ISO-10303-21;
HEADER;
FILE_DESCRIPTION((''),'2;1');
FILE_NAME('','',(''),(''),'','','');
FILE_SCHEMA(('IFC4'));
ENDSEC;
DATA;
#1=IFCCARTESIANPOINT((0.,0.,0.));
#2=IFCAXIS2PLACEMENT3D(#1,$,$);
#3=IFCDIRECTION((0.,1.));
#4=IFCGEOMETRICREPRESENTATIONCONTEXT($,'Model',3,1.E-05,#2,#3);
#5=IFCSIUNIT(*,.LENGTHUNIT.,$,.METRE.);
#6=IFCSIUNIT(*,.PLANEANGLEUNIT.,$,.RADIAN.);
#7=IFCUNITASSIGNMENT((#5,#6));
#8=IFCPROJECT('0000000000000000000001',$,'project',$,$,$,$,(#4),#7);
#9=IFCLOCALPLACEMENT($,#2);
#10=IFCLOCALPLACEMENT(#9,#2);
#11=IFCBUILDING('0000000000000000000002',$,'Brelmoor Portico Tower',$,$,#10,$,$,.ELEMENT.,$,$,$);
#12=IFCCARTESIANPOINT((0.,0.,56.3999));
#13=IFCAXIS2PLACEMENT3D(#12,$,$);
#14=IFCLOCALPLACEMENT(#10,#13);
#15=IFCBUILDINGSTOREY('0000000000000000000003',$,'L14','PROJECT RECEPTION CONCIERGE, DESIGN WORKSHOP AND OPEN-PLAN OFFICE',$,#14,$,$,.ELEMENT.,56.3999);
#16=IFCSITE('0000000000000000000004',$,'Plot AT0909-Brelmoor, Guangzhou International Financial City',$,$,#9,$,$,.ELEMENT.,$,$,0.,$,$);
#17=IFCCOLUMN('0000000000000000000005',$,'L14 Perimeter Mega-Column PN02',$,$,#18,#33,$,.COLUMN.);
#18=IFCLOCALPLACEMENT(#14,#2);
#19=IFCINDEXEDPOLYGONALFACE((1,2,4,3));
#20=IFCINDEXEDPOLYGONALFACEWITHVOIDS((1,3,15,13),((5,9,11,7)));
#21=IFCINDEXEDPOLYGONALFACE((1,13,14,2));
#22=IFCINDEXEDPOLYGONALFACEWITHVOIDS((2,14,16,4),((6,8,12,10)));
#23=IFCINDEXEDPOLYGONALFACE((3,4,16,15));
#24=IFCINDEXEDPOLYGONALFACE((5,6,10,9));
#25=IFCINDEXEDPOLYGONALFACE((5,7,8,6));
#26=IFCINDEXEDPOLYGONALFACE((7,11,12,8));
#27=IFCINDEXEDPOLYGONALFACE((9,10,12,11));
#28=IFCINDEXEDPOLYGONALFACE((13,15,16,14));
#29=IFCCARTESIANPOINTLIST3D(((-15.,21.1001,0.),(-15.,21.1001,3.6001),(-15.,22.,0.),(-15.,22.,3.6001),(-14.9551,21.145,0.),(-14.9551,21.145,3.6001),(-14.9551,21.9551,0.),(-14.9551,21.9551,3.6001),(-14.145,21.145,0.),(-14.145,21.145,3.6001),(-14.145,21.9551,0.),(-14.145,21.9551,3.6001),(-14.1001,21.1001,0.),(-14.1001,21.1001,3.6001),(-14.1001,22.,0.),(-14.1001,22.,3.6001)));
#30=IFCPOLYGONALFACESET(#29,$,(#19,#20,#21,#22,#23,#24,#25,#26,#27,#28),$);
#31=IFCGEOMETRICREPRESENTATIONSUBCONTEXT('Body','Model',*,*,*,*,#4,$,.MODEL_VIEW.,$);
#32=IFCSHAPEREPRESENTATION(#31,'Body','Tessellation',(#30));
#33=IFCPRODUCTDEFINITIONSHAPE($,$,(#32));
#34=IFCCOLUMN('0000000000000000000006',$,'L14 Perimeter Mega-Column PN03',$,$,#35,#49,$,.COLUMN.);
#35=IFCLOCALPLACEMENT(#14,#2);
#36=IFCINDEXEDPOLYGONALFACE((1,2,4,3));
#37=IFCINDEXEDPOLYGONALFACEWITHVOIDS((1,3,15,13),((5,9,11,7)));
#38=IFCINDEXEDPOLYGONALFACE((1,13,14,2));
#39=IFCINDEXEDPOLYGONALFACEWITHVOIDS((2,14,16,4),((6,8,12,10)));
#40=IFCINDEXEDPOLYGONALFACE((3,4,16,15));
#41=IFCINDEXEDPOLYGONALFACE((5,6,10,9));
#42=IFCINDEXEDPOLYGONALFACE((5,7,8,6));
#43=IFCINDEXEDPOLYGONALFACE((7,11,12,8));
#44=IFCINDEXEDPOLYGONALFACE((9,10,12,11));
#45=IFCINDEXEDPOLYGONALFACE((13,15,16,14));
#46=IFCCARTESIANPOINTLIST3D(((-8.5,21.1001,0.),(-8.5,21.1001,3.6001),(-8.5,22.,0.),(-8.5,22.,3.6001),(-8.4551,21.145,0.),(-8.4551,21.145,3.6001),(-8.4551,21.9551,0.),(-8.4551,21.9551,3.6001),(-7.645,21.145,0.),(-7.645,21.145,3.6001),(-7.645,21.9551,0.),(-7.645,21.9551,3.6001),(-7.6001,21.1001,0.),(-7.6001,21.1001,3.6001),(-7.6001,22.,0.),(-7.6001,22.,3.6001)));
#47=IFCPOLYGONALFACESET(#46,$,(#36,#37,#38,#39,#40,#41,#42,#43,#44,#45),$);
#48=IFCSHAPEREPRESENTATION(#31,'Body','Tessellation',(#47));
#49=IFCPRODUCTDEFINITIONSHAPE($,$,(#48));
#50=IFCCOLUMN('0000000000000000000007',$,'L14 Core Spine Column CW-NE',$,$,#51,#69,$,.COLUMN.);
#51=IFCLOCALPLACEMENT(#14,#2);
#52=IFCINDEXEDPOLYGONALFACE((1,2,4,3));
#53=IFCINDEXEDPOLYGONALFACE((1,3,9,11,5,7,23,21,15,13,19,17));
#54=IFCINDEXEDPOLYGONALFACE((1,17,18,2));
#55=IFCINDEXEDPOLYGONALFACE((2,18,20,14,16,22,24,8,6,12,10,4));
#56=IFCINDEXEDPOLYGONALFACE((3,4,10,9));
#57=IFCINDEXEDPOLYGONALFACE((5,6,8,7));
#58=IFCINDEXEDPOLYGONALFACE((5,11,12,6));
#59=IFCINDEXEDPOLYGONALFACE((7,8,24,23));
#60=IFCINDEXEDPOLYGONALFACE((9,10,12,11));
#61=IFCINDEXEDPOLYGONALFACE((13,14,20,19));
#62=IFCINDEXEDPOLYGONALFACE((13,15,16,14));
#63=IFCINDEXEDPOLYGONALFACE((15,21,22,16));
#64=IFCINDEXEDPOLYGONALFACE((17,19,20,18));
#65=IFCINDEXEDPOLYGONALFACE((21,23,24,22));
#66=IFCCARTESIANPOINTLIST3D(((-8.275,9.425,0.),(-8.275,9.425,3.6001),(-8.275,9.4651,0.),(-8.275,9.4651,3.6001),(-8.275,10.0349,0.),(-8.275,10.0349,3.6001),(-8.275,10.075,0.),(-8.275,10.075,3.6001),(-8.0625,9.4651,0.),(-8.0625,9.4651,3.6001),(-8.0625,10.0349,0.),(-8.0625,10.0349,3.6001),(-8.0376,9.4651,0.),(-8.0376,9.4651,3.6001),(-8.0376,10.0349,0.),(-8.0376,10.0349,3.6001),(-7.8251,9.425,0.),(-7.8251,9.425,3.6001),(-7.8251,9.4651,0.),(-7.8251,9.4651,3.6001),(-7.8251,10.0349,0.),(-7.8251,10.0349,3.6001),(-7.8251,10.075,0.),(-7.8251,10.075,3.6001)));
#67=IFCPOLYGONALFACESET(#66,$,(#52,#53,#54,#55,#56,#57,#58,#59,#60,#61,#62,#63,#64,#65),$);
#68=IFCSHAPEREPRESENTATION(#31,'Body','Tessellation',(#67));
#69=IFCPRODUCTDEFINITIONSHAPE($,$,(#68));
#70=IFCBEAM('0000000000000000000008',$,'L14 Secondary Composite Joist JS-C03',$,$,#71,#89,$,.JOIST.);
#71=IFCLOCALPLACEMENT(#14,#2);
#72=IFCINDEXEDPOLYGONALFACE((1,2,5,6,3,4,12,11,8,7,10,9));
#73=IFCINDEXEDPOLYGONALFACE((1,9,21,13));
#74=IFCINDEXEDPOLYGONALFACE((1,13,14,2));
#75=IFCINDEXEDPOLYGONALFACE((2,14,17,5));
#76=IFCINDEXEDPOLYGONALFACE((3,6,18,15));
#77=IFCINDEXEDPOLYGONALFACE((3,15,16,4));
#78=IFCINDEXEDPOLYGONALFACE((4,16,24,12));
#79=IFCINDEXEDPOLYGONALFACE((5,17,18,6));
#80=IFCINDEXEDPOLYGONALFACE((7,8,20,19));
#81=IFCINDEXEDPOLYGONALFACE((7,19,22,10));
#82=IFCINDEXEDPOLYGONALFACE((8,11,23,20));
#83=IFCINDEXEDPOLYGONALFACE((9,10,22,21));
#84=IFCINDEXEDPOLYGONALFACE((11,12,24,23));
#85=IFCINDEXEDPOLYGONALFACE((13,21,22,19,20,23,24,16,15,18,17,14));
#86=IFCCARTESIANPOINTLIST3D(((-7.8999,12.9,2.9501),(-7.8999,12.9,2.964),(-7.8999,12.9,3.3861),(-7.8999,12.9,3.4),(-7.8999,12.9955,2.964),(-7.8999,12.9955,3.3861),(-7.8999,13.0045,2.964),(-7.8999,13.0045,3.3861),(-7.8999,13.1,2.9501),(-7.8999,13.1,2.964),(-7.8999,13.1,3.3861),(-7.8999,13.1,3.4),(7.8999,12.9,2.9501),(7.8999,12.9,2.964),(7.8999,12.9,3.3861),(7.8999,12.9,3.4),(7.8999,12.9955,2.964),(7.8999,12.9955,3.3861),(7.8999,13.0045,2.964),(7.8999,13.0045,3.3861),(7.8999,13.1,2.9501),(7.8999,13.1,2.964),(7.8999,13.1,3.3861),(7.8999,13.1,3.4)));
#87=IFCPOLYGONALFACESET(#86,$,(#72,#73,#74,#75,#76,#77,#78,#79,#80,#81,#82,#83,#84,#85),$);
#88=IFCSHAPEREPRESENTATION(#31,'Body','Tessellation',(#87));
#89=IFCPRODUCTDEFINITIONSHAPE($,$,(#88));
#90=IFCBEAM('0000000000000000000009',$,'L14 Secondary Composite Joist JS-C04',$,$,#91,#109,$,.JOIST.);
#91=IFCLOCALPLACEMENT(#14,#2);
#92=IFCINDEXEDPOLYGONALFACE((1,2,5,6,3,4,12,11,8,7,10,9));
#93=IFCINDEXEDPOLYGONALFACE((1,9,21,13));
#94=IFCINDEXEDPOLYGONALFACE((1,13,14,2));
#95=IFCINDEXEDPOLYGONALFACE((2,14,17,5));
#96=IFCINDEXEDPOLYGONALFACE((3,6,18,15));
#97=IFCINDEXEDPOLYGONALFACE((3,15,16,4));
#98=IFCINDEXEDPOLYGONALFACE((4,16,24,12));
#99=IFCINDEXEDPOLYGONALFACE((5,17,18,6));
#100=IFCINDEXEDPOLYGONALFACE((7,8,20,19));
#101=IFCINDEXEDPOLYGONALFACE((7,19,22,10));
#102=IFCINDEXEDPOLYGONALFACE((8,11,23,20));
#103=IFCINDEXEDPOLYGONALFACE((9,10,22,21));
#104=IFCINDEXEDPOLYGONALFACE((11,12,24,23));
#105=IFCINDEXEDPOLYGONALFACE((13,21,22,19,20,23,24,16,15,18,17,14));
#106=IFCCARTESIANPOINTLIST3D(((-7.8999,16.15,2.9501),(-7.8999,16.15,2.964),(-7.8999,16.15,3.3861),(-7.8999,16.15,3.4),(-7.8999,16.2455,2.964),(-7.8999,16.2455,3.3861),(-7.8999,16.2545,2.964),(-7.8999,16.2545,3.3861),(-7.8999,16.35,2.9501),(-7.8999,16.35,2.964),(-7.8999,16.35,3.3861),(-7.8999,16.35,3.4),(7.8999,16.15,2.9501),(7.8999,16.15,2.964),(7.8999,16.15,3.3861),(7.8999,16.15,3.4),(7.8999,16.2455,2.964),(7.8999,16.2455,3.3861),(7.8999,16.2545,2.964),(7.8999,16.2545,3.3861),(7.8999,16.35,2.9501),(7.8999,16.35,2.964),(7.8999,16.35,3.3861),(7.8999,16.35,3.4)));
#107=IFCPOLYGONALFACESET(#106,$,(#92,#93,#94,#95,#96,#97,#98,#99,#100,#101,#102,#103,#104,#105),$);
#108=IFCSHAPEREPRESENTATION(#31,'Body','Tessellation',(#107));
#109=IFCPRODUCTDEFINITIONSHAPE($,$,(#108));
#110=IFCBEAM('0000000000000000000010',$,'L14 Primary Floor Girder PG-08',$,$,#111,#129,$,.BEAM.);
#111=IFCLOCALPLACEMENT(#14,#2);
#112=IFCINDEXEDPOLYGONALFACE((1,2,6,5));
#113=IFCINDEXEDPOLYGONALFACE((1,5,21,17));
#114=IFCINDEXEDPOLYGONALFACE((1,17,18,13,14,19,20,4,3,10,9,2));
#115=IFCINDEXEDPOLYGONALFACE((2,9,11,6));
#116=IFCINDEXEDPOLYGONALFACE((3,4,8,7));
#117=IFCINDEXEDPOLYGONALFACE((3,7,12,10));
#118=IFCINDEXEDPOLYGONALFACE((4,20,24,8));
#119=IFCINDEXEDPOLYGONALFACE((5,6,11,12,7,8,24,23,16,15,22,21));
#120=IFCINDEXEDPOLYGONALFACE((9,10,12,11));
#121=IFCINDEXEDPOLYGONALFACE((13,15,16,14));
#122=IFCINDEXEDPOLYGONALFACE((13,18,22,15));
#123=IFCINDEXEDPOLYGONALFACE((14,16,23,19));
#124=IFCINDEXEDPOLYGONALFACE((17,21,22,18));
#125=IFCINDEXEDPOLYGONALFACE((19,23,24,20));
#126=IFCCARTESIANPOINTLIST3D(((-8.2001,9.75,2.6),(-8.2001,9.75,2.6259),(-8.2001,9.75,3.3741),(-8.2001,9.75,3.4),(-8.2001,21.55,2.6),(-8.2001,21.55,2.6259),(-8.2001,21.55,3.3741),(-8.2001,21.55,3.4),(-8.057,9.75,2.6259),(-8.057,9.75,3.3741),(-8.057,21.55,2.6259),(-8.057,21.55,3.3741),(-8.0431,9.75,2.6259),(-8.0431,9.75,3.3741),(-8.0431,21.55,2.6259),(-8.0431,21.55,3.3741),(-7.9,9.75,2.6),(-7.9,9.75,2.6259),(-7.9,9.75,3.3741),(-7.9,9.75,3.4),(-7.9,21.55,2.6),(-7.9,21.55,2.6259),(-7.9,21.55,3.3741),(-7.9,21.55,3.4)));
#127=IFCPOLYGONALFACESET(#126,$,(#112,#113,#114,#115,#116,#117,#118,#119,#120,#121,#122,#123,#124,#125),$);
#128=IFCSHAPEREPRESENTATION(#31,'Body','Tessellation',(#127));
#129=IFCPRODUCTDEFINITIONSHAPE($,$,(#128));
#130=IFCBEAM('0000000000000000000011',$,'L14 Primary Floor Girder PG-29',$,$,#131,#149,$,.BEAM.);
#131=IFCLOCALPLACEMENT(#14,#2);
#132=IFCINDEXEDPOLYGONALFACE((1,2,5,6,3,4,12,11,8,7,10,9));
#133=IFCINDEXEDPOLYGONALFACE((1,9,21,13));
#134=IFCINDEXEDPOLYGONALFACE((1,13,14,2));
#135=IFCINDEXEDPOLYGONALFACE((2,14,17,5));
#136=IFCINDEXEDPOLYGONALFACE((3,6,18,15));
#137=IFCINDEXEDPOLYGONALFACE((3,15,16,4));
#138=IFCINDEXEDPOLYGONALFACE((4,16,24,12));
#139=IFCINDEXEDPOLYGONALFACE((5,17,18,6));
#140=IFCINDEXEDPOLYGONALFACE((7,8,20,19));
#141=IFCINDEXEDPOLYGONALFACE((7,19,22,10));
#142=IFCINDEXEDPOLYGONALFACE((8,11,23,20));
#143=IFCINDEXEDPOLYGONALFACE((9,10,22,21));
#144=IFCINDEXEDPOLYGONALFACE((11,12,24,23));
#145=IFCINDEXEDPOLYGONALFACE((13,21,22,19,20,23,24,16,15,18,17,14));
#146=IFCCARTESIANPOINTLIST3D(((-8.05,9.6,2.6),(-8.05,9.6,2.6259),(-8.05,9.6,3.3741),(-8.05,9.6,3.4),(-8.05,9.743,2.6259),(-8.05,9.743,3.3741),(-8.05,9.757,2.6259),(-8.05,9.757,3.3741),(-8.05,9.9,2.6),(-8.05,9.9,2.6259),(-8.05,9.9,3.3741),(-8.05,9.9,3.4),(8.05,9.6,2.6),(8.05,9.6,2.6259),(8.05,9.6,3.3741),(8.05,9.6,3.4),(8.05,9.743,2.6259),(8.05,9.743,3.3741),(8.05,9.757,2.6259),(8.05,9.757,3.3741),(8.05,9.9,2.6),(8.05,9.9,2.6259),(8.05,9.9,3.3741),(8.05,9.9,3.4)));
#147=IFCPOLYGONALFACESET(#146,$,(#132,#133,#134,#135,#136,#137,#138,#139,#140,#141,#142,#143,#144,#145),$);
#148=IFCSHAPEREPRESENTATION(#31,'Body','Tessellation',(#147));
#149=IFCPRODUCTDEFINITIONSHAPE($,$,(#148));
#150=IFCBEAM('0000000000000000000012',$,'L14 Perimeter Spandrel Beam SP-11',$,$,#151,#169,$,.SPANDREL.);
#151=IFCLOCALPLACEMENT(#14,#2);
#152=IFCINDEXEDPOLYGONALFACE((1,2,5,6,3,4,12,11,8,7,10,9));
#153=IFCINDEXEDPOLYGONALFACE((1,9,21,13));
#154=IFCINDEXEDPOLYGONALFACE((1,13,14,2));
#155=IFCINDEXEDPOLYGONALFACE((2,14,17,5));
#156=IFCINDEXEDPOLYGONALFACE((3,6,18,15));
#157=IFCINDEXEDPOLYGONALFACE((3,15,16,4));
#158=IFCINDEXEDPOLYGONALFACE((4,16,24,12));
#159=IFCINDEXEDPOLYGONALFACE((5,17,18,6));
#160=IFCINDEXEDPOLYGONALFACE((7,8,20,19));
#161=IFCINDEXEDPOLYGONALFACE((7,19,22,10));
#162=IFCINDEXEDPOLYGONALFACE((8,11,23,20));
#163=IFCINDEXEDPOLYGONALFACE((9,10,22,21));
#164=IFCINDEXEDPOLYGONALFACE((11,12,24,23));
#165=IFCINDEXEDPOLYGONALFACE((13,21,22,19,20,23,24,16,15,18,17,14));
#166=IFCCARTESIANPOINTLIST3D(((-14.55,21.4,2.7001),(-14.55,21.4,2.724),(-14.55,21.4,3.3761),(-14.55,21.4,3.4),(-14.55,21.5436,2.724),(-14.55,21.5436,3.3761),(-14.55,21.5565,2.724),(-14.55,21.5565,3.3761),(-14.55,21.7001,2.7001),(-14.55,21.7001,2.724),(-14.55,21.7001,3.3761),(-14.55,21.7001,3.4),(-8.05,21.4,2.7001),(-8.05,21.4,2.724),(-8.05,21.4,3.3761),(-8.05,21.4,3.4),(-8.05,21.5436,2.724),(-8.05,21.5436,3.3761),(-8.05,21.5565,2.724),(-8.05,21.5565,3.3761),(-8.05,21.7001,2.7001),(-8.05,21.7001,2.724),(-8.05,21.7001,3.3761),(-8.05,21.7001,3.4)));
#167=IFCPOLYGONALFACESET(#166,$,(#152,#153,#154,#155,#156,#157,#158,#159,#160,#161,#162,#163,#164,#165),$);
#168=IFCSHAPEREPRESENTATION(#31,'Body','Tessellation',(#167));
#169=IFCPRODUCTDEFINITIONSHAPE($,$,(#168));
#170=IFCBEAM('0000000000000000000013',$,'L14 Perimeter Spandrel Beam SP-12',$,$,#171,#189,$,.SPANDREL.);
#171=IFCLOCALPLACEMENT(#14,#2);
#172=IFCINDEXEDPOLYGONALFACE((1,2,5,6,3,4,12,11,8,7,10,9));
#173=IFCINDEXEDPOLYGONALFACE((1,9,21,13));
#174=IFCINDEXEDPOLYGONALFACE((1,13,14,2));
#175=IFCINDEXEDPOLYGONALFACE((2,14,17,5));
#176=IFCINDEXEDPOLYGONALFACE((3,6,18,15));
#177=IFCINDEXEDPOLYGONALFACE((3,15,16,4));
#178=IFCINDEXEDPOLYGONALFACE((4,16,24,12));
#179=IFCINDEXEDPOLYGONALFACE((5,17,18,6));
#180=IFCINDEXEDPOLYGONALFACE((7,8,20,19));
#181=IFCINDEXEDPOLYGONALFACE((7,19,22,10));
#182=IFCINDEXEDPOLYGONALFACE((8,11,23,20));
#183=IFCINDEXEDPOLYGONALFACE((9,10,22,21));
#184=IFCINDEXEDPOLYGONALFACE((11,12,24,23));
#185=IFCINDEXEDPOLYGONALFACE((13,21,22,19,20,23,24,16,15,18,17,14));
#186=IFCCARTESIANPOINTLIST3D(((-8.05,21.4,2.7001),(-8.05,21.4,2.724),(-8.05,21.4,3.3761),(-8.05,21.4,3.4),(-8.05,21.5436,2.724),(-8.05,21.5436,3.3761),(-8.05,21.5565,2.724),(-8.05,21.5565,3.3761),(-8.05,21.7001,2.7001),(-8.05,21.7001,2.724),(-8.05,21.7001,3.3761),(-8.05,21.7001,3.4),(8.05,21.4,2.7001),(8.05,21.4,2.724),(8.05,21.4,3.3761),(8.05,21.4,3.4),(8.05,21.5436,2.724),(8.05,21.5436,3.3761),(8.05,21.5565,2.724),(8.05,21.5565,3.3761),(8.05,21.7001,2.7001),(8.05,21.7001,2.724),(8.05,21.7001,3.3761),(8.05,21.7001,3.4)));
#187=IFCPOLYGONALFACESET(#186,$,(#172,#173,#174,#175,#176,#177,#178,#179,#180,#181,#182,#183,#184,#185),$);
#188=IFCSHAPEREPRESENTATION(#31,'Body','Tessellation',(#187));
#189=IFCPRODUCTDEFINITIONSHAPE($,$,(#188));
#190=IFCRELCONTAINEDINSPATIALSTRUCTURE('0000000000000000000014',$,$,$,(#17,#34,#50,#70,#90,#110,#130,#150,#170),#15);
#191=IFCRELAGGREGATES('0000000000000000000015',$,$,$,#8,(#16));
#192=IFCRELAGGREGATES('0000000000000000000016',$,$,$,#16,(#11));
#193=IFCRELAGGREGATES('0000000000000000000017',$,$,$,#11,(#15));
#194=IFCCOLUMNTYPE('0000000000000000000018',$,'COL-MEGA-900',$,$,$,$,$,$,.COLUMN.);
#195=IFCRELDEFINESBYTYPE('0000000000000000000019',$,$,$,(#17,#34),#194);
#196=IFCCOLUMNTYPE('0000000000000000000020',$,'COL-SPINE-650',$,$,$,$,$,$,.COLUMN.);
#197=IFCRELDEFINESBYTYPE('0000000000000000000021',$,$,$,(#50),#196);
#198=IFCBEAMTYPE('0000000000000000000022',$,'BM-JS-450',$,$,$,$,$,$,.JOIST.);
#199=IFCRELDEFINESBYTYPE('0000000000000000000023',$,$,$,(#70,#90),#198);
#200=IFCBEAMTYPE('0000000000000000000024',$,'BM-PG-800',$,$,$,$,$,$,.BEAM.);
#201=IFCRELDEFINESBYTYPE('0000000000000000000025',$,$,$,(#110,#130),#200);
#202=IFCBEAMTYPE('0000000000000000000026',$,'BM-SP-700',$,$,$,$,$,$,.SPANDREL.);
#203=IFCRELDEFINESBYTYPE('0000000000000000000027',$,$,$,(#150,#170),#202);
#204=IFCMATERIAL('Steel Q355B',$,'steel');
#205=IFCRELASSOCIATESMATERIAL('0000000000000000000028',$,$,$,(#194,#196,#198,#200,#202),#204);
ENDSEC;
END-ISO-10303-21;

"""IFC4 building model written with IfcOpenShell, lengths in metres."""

from ifc_helpers import new_model, si_unit, direction, frame, origin, origin_2d, place, context, subcontext, project, spatial, hollow_rectangle, i_section, extrude, material, material_profile, profile_set, type_object, element, save


model = new_model("IFC4")

# Units and contexts
model_context = context("Model", 3, precision=1e-05, world=origin(), true_north=direction((0.0, 1.0)))
body_context = subcontext(model_context, "Body", "Model", "MODEL_VIEW")
ifc_project = project(units=[si_unit("LENGTHUNIT", "METRE"), si_unit("PLANEANGLEUNIT", "RADIAN")], contexts=[model_context])

# Site, building, storey
site_placement = place(None, origin())
site = spatial("IfcSite", under=ifc_project, at=site_placement, Name="Plot AT0909-Brelmoor, Guangzhou International Financial City", CompositionType="ELEMENT", RefElevation=0.0)
building_placement = place(site_placement, origin())
building = spatial("IfcBuilding", under=site, at=building_placement, Name="Brelmoor Portico Tower", CompositionType="ELEMENT")
storey_placement = place(building_placement, frame((0.0, 0.0, 56.3999)))
storey = spatial("IfcBuildingStorey", under=building, at=storey_placement, Name="L14", Description="PROJECT RECEPTION CONCIERGE, DESIGN WORKSHOP AND OPEN-PLAN OFFICE", CompositionType="ELEMENT", Elevation=56.3999)

# Columns
ifc_material_1 = material(Name="Steel Q355B", Category="steel")
ifc_material_profile_1 = material_profile(ifc_material_1, hollow_rectangle(XDim=0.8999, YDim=0.8999, WallThickness=0.0449, at=origin_2d()), Name="BOX 900x900x45")
ifc_profile_set_1 = profile_set([ifc_material_profile_1], Name="Steel Q355B")
column_type_1 = type_object("IfcColumnType", Name="COL-MEGA-900", PredefinedType="COLUMN", material=ifc_profile_set_1)
for number, where, z_axis, x_axis, name in (
    (1, (-14.55, 21.55, 0.0), (0.0, 0.0, 1.0), (1.0, 0.0, 0.0), "L14 Perimeter Mega-Column PN02"),
    (2, (-8.05, 21.55, 0.0), (0.0, 0.0, 1.0), (1.0, 0.0, 0.0), "L14 Perimeter Mega-Column PN03"),
):
    element("IfcColumn", number, at=place(storey_placement, frame(where, z_axis=z_axis, x_axis=x_axis)), inside=storey, type_object=column_type_1, Name=name, PredefinedType="COLUMN", context=body_context, shape_type="SweptSolid", body=[
        extrude(hollow_rectangle(XDim=0.8999, YDim=0.8999, WallThickness=0.0449, at=origin_2d()), origin(), (0.0, 0.0, 1.0), 3.6001),
    ])
ifc_material_profile_2 = material_profile(ifc_material_1, i_section(OverallWidth=0.45, OverallDepth=0.6499, WebThickness=0.0249, FlangeThickness=0.04, at=origin_2d()), Name="HW 650x450x25x40")
ifc_profile_set_2 = profile_set([ifc_material_profile_2], Name="Steel Q355B")
column_type_2 = type_object("IfcColumnType", Name="COL-SPINE-650", PredefinedType="COLUMN", material=ifc_profile_set_2)
column_placement = place(storey_placement, frame((-8.05, 9.75, 0.0), z_axis=(0.0, 0.0, 1.0), x_axis=(1.0, 0.0, 0.0)))
element("IfcColumn", 3, at=column_placement, inside=storey, type_object=column_type_2, Name="L14 Core Spine Column CW-NE", PredefinedType="COLUMN", context=body_context, shape_type="SweptSolid", body=[
    extrude(i_section(OverallWidth=0.45, OverallDepth=0.6499, WebThickness=0.0249, FlangeThickness=0.04, at=origin_2d()), origin(), (0.0, 0.0, 1.0), 3.6001),
])

# Beams
ifc_material_profile_3 = material_profile(ifc_material_1, i_section(OverallWidth=0.2, OverallDepth=0.45, WebThickness=0.009, FlangeThickness=0.0139, at=origin_2d()), Name="HN 450x200x9x14")
ifc_profile_set_3 = profile_set([ifc_material_profile_3], Name="Steel Q355B")
beam_type_1 = type_object("IfcBeamType", Name="BM-JS-450", PredefinedType="JOIST", material=ifc_profile_set_3)
for number, where, z_axis, x_axis, name in (
    (4, (-7.8999, 13.0, 3.175), (1.0, 0.0, 0.0), (0.0, 1.0, 0.0), "L14 Secondary Composite Joist JS-C03"),
    (5, (-7.8999, 16.25, 3.175), (1.0, 0.0, 0.0), (0.0, 1.0, 0.0), "L14 Secondary Composite Joist JS-C04"),
):
    element("IfcBeam", number, at=place(storey_placement, frame(where, z_axis=z_axis, x_axis=x_axis)), inside=storey, type_object=beam_type_1, Name=name, PredefinedType="JOIST", context=body_context, shape_type="SweptSolid", body=[
        extrude(i_section(OverallWidth=0.2, OverallDepth=0.45, WebThickness=0.009, FlangeThickness=0.0139, at=origin_2d()), origin(), (0.0, 0.0, 1.0), 15.7998),
    ])
ifc_material_profile_4 = material_profile(ifc_material_1, i_section(OverallWidth=0.3, OverallDepth=0.8, WebThickness=0.0139, FlangeThickness=0.0259, at=origin_2d()), Name="HN 800x300x14x26")
ifc_profile_set_4 = profile_set([ifc_material_profile_4], Name="Steel Q355B")
beam_type_2 = type_object("IfcBeamType", Name="BM-PG-800", PredefinedType="BEAM", material=ifc_profile_set_4)
beam_1_placement = place(storey_placement, frame((-8.05, 9.75, 3.0), z_axis=(0.0, 1.0, 0.0), x_axis=(-1.0, 0.0, 0.0)))
element("IfcBeam", 6, at=beam_1_placement, inside=storey, type_object=beam_type_2, Name="L14 Primary Floor Girder PG-08", PredefinedType="BEAM", context=body_context, shape_type="SweptSolid", body=[
    extrude(i_section(OverallWidth=0.3, OverallDepth=0.8, WebThickness=0.0139, FlangeThickness=0.0259, at=origin_2d()), origin(), (0.0, 0.0, 1.0), 11.8),
])
beam_2_placement = place(storey_placement, frame((-8.05, 9.75, 3.0), z_axis=(1.0, 0.0, 0.0), x_axis=(0.0, 1.0, 0.0)))
element("IfcBeam", 7, at=beam_2_placement, inside=storey, type_object=beam_type_2, Name="L14 Primary Floor Girder PG-29", PredefinedType="BEAM", context=body_context, shape_type="SweptSolid", body=[
    extrude(i_section(OverallWidth=0.3, OverallDepth=0.8, WebThickness=0.0139, FlangeThickness=0.0259, at=origin_2d()), origin(), (0.0, 0.0, 1.0), 16.1001),
])
ifc_material_profile_5 = material_profile(ifc_material_1, i_section(OverallWidth=0.3, OverallDepth=0.7, WebThickness=0.0129, FlangeThickness=0.0239, at=origin_2d()), Name="HN 700x300x13x24")
ifc_profile_set_5 = profile_set([ifc_material_profile_5], Name="Steel Q355B")
beam_type_3 = type_object("IfcBeamType", Name="BM-SP-700", PredefinedType="SPANDREL", material=ifc_profile_set_5)
beam_3_placement = place(storey_placement, frame((-14.55, 21.55, 3.05), z_axis=(1.0, 0.0, 0.0), x_axis=(0.0, 1.0, 0.0)))
element("IfcBeam", 8, at=beam_3_placement, inside=storey, type_object=beam_type_3, Name="L14 Perimeter Spandrel Beam SP-11", PredefinedType="SPANDREL", context=body_context, shape_type="SweptSolid", body=[
    extrude(i_section(OverallWidth=0.3, OverallDepth=0.7, WebThickness=0.0129, FlangeThickness=0.0239, at=origin_2d()), origin(), (0.0, 0.0, 1.0), 6.5),
])
beam_4_placement = place(storey_placement, frame((-8.05, 21.55, 3.05), z_axis=(1.0, 0.0, 0.0), x_axis=(0.0, 1.0, 0.0)))
element("IfcBeam", 9, at=beam_4_placement, inside=storey, type_object=beam_type_3, Name="L14 Perimeter Spandrel Beam SP-12", PredefinedType="SPANDREL", context=body_context, shape_type="SweptSolid", body=[
    extrude(i_section(OverallWidth=0.3, OverallDepth=0.7, WebThickness=0.0129, FlangeThickness=0.0239, at=origin_2d()), origin(), (0.0, 0.0, 1.0), 16.1001),
])

save(model, "model.ifc")
